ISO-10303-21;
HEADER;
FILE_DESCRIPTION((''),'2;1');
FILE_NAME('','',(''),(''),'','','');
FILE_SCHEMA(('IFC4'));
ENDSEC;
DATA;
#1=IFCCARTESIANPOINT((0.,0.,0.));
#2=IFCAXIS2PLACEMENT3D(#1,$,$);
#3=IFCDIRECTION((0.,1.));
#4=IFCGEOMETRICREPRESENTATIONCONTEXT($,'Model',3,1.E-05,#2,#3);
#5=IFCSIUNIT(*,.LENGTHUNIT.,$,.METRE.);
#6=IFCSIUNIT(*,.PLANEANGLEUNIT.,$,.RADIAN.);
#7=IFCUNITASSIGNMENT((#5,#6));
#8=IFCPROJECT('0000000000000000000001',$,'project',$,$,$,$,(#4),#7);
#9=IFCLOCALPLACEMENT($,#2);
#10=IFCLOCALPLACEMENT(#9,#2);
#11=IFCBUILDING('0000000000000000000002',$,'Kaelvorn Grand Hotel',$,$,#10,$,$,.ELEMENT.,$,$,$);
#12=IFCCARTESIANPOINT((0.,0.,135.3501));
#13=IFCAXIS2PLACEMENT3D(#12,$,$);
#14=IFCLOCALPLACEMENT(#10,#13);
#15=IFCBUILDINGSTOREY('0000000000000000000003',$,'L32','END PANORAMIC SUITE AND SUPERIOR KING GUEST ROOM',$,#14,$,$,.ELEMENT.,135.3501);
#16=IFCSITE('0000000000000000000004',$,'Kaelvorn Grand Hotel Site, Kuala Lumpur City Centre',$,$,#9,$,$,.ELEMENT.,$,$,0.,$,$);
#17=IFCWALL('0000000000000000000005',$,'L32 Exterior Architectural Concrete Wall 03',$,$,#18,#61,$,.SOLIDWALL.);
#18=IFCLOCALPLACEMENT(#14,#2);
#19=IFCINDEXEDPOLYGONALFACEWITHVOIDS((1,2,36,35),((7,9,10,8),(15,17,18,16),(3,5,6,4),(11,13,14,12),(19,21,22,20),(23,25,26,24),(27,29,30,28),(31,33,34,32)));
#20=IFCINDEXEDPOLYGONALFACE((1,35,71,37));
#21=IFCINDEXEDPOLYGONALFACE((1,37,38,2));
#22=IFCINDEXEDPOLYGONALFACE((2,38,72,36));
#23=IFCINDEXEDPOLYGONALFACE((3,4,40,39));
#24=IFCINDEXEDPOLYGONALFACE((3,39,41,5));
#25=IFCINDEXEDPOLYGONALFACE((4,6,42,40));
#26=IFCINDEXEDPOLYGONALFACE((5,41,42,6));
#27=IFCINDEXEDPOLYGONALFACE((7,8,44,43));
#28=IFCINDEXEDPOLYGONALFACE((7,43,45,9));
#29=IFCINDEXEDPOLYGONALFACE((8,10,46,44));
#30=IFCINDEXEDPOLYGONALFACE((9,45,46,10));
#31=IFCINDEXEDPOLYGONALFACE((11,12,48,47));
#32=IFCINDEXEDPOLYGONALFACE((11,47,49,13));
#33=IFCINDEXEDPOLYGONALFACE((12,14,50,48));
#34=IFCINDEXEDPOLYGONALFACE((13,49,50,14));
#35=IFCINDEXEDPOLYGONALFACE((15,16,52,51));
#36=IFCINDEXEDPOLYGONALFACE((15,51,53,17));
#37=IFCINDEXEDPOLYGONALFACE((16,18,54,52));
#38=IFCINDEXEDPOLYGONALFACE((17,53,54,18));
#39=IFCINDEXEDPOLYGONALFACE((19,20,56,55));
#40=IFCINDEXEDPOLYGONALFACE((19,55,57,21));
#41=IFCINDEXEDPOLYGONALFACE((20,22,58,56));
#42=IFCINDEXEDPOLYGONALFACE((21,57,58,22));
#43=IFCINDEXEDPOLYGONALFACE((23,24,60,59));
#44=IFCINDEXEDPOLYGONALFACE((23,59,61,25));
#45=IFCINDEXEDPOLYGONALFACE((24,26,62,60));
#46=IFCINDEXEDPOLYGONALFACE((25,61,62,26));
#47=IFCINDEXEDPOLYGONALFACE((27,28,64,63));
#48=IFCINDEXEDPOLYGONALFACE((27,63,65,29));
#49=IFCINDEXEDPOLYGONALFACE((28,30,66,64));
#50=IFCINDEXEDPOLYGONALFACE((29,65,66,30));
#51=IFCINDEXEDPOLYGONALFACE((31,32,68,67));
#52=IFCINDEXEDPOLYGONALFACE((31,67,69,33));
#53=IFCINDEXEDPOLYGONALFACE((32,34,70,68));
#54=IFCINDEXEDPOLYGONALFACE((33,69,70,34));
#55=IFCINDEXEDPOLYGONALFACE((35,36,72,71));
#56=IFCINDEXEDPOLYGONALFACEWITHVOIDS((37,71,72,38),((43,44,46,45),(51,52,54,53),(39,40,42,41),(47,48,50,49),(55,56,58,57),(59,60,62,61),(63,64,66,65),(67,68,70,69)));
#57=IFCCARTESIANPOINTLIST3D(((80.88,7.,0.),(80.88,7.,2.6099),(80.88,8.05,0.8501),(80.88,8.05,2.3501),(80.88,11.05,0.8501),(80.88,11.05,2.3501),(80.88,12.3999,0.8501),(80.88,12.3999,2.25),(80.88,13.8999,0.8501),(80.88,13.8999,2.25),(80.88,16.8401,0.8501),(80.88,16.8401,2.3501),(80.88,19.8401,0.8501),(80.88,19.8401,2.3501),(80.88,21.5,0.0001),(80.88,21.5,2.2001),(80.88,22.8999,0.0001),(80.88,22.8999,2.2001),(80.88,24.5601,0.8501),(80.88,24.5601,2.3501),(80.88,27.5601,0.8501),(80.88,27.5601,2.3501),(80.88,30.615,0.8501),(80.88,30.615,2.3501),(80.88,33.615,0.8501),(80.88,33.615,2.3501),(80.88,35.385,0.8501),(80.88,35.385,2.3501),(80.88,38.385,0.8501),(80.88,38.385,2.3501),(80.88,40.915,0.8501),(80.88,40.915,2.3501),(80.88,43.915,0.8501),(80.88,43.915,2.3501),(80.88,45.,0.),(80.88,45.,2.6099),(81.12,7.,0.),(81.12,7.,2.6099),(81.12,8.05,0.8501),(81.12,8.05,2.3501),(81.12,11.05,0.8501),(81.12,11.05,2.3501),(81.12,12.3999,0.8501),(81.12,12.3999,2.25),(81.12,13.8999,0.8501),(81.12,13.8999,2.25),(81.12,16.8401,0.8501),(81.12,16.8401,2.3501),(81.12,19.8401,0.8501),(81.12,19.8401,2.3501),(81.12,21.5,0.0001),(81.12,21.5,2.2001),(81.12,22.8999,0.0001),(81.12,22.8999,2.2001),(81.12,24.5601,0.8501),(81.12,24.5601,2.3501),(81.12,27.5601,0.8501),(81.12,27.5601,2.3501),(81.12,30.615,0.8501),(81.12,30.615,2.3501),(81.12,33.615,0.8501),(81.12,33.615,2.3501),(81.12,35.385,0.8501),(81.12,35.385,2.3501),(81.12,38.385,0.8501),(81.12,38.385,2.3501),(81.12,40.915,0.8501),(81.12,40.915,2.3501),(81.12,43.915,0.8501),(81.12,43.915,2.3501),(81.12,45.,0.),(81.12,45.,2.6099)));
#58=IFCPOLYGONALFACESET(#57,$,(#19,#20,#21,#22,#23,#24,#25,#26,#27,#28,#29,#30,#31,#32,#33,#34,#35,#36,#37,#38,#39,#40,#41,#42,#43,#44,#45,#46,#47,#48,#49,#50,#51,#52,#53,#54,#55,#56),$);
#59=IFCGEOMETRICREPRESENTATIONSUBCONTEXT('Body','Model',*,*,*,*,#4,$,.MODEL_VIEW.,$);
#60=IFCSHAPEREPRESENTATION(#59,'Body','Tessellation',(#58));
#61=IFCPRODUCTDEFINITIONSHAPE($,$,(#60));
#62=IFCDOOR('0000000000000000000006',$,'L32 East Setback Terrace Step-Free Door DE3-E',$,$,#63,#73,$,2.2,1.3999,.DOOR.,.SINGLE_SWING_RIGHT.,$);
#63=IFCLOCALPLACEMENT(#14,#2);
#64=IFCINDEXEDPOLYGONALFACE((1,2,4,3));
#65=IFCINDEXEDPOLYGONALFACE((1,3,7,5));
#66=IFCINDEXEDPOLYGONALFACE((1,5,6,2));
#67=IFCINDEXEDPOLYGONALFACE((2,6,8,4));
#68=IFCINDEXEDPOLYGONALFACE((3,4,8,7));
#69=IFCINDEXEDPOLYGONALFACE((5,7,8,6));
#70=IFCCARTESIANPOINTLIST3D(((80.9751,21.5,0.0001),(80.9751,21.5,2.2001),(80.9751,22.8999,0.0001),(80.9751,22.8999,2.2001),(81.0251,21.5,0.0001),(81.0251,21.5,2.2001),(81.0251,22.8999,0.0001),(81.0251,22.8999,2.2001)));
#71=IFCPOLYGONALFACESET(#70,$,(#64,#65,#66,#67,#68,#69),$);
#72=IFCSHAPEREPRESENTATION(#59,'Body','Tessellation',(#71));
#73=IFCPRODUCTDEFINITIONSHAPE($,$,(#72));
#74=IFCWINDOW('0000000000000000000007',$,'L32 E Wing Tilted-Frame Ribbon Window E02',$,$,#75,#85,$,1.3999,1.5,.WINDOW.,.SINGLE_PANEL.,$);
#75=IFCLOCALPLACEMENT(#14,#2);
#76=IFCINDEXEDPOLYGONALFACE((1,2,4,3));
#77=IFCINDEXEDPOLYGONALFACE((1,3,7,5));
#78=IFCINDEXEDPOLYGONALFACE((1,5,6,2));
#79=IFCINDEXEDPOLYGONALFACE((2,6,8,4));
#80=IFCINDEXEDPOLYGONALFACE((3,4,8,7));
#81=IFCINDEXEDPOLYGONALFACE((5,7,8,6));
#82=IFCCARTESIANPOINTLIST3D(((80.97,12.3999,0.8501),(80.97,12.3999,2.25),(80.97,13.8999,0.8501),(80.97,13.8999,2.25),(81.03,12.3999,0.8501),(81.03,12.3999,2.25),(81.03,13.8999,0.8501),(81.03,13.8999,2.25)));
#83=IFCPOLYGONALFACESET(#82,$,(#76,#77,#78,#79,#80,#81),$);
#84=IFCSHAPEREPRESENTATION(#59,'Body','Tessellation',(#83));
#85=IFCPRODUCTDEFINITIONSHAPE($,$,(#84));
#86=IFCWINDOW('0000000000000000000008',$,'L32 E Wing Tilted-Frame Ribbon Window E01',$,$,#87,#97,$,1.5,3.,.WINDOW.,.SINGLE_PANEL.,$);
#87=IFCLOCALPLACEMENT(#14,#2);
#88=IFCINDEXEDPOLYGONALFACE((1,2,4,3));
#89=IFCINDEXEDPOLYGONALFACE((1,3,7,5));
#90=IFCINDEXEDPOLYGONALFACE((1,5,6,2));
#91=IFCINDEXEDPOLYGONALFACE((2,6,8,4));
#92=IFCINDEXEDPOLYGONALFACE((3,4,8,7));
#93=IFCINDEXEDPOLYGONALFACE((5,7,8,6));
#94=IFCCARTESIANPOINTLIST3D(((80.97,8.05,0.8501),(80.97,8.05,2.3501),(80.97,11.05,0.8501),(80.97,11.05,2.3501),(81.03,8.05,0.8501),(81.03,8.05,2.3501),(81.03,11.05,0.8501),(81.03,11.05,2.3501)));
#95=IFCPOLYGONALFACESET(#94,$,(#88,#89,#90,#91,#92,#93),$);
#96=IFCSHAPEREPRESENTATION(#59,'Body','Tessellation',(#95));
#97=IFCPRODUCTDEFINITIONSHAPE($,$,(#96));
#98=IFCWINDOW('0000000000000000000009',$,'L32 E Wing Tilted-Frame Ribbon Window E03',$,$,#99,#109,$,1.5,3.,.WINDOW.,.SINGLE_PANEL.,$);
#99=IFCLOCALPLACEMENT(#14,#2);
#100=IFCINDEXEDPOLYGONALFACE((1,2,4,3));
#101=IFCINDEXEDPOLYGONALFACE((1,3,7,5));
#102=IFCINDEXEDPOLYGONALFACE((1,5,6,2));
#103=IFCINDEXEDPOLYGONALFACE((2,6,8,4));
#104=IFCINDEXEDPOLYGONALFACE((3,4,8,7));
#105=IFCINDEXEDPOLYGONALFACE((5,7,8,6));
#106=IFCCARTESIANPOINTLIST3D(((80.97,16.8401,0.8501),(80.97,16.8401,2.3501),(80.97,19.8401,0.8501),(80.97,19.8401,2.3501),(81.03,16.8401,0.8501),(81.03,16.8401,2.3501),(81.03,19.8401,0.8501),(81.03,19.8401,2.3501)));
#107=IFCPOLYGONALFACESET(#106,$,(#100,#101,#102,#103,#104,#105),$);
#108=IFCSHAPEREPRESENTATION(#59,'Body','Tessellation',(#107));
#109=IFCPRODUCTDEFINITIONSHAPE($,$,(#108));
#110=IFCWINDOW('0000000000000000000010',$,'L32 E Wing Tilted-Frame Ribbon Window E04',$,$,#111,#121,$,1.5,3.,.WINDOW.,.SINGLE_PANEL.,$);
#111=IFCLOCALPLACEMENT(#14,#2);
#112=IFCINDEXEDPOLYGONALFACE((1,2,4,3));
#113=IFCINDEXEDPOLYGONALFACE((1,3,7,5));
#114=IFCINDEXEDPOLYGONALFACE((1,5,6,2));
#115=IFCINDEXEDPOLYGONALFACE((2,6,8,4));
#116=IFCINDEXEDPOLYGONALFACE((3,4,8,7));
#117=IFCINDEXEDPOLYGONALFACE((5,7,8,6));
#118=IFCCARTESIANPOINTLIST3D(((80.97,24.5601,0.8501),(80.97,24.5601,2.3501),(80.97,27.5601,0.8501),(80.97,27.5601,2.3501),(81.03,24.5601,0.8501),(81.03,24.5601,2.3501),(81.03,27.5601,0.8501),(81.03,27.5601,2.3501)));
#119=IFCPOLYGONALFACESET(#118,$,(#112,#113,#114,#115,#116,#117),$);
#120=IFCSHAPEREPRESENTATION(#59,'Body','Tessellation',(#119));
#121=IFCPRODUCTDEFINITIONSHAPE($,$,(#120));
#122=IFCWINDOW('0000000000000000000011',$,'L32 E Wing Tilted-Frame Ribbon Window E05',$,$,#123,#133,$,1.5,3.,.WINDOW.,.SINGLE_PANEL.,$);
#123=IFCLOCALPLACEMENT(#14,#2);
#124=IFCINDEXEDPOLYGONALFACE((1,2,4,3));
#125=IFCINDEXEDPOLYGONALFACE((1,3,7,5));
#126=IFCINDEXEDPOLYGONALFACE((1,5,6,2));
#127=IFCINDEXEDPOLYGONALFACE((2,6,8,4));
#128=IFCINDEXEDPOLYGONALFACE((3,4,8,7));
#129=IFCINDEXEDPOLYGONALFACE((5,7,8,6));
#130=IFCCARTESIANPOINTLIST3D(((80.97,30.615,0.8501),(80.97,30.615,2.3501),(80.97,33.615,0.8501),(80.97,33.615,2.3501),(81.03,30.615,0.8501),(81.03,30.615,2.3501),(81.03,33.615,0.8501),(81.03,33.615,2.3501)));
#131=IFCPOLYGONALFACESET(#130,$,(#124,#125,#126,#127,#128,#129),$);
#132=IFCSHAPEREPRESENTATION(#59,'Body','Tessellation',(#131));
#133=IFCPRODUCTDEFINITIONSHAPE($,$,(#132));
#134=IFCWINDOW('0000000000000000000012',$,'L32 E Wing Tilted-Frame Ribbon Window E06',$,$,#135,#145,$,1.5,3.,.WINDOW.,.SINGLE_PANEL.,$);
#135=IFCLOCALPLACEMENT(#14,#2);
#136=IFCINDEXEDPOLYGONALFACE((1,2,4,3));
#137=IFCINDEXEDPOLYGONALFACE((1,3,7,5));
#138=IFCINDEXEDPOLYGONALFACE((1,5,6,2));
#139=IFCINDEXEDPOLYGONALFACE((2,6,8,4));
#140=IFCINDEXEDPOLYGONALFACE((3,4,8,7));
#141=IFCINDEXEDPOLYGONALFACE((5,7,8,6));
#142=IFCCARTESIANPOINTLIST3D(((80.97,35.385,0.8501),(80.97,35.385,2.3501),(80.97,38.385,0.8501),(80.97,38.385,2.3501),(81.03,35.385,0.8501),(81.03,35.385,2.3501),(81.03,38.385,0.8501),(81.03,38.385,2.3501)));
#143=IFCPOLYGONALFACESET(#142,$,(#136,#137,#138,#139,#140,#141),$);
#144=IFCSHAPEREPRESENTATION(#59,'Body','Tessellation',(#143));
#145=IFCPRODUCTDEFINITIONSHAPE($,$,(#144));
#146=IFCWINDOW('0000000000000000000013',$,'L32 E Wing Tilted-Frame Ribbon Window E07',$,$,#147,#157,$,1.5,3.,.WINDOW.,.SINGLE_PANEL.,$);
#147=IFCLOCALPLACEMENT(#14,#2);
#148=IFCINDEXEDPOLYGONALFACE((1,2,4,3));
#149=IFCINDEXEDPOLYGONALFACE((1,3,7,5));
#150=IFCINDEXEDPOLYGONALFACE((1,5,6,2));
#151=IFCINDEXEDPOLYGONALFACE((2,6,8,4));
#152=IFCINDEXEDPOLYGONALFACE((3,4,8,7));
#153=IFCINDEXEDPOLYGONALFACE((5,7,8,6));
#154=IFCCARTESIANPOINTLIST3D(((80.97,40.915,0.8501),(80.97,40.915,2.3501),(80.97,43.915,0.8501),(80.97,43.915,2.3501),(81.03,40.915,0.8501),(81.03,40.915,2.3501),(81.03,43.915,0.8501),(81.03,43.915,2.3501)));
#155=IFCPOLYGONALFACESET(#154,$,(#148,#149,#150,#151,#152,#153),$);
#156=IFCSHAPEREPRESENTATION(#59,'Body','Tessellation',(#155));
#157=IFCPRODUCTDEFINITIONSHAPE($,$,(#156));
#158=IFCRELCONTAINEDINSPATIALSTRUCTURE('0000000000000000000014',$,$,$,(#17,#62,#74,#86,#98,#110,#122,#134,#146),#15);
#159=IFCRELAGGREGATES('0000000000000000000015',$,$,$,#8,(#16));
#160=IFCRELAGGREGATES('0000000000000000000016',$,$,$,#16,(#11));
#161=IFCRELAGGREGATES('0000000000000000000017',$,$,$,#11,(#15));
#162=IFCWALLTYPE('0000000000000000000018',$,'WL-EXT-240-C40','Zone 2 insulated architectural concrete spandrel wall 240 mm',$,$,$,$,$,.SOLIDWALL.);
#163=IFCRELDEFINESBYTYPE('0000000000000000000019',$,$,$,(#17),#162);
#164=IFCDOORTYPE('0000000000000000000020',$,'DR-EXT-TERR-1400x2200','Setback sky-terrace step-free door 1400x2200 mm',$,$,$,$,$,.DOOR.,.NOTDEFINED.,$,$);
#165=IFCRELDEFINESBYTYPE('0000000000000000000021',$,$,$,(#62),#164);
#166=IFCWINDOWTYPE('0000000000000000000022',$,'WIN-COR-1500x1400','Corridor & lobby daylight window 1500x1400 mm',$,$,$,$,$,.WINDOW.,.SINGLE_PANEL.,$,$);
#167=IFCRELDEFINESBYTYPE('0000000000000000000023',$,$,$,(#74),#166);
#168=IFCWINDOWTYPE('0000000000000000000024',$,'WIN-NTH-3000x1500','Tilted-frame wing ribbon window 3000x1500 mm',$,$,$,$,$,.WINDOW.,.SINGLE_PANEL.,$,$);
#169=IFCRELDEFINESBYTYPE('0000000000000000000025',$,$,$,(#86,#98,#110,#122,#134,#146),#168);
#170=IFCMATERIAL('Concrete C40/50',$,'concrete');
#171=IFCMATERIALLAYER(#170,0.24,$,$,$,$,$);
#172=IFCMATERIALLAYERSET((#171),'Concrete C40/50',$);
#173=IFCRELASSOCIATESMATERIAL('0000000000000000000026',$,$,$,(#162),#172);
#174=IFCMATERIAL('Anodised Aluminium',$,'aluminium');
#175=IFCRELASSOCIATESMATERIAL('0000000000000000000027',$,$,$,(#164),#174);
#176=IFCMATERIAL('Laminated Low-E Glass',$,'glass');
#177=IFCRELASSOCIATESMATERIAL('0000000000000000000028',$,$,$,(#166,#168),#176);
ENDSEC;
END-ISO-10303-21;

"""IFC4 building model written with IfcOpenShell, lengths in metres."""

from ifc_helpers import new_model, si_unit, direction, frame, frame_2d, origin, place, context, subcontext, project, spatial, rectangle, extrude, material, layer, layer_set, type_object, element, fill, save


model = new_model("IFC4")

# Units and contexts
model_context = context("Model", 3, precision=1e-05, world=origin(), true_north=direction((0.0, 1.0)))
body_context = subcontext(model_context, "Body", "Model", "MODEL_VIEW")
ifc_project = project(units=[si_unit("LENGTHUNIT", "METRE"), si_unit("PLANEANGLEUNIT", "RADIAN")], contexts=[model_context])

# Site, building, storey
site_placement = place(None, origin())
site = spatial("IfcSite", under=ifc_project, at=site_placement, Name="Kaelvorn Grand Hotel Site, Kuala Lumpur City Centre", CompositionType="ELEMENT", RefElevation=0.0)
building_placement = place(site_placement, origin())
building = spatial("IfcBuilding", under=site, at=building_placement, Name="Kaelvorn Grand Hotel", CompositionType="ELEMENT")
storey_placement = place(building_placement, frame((0.0, 0.0, 135.3501)))
storey = spatial("IfcBuildingStorey", under=building, at=storey_placement, Name="L32", Description="END PANORAMIC SUITE AND SUPERIOR KING GUEST ROOM", CompositionType="ELEMENT", Elevation=135.3501)

# Shared definitions
ifc_material_1 = material(Name="Concrete C40/50", Category="concrete")
ifc_layer_1 = layer(ifc_material_1, 0.24)
ifc_layer_set_1 = layer_set([ifc_layer_1], Name="Concrete C40/50")
wall_type_1 = type_object("IfcWallType", Name="WL-EXT-240-C40", Description="Zone 2 insulated architectural concrete spandrel wall 240 mm", PredefinedType="SOLIDWALL", material=ifc_layer_set_1)
ifc_material_2 = material(Name="Laminated Low-E Glass", Category="glass")

# Wall, openings, door, windows
wall_1_placement = place(storey_placement, frame((81.0, 7.0, 0.0), z_axis=(0.0, 0.0, 1.0), x_axis=(0.0, 1.0, 0.0)))
wall_1 = element("IfcWall", 1, at=wall_1_placement, inside=storey, type_object=wall_type_1, Name="L32 Exterior Architectural Concrete Wall 03", PredefinedType="SOLIDWALL", context=body_context, shape_type="SweptSolid", body=[
    extrude(rectangle(XDim=38.0, YDim=0.24, at=frame_2d((19.0, 0.0))), origin(), (0.0, 0.0, 1.0), 2.6099),
])
opening_1_placement = place(wall_1_placement, frame((14.5, 0.0, 0.0)))
opening_1 = element("IfcOpeningElement", 2, at=opening_1_placement, cuts=wall_1, PredefinedType="OPENING", context=body_context, shape_type="SweptSolid", body=[
    extrude(rectangle(XDim=1.3999, YDim=2.2, at=frame_2d((0.7, 1.1001))), frame((0.0, 0.1299, 0.0), z_axis=(0.0, -1.0, 0.0), x_axis=(1.0, 0.0, 0.0)), (0.0, 0.0, 1.0), 0.26),
])
opening_2_placement = place(wall_1_placement, frame((1.05, 0.0, 0.8501)))
opening_2 = element("IfcOpeningElement", 3, at=opening_2_placement, cuts=wall_1, PredefinedType="OPENING", context=body_context, shape_type="SweptSolid", body=[
    extrude(rectangle(XDim=3.0, YDim=1.5, at=frame_2d((1.5, 0.75))), frame((0.0, 0.1299, 0.0), z_axis=(0.0, -1.0, 0.0), x_axis=(1.0, 0.0, 0.0)), (0.0, 0.0, 1.0), 0.26),
])
opening_3_placement = place(wall_1_placement, frame((5.3999, 0.0, 0.8501)))
opening_3 = element("IfcOpeningElement", 4, at=opening_3_placement, cuts=wall_1, PredefinedType="OPENING", context=body_context, shape_type="SweptSolid", body=[
    extrude(rectangle(XDim=1.5, YDim=1.3999, at=frame_2d((0.75, 0.7))), frame((0.0, 0.1299, 0.0), z_axis=(0.0, -1.0, 0.0), x_axis=(1.0, 0.0, 0.0)), (0.0, 0.0, 1.0), 0.26),
])
opening_4_placement = place(wall_1_placement, frame((9.8401, 0.0, 0.8501)))
opening_4 = element("IfcOpeningElement", 5, at=opening_4_placement, cuts=wall_1, PredefinedType="OPENING", context=body_context, shape_type="SweptSolid", body=[
    extrude(rectangle(XDim=3.0, YDim=1.5, at=frame_2d((1.5, 0.75))), frame((0.0, 0.1299, 0.0), z_axis=(0.0, -1.0, 0.0), x_axis=(1.0, 0.0, 0.0)), (0.0, 0.0, 1.0), 0.26),
])
opening_5_placement = place(wall_1_placement, frame((17.5601, 0.0, 0.8501)))
opening_5 = element("IfcOpeningElement", 6, at=opening_5_placement, cuts=wall_1, PredefinedType="OPENING", context=body_context, shape_type="SweptSolid", body=[
    extrude(rectangle(XDim=3.0, YDim=1.5, at=frame_2d((1.5, 0.75))), frame((0.0, 0.1299, 0.0), z_axis=(0.0, -1.0, 0.0), x_axis=(1.0, 0.0, 0.0)), (0.0, 0.0, 1.0), 0.26),
])
opening_6_placement = place(wall_1_placement, frame((23.615, 0.0, 0.8501)))
opening_6 = element("IfcOpeningElement", 7, at=opening_6_placement, cuts=wall_1, PredefinedType="OPENING", context=body_context, shape_type="SweptSolid", body=[
    extrude(rectangle(XDim=3.0, YDim=1.5, at=frame_2d((1.5, 0.75))), frame((0.0, 0.1299, 0.0), z_axis=(0.0, -1.0, 0.0), x_axis=(1.0, 0.0, 0.0)), (0.0, 0.0, 1.0), 0.26),
])
opening_7_placement = place(wall_1_placement, frame((28.385, 0.0, 0.8501)))
opening_7 = element("IfcOpeningElement", 8, at=opening_7_placement, cuts=wall_1, PredefinedType="OPENING", context=body_context, shape_type="SweptSolid", body=[
    extrude(rectangle(XDim=3.0, YDim=1.5, at=frame_2d((1.5, 0.75))), frame((0.0, 0.1299, 0.0), z_axis=(0.0, -1.0, 0.0), x_axis=(1.0, 0.0, 0.0)), (0.0, 0.0, 1.0), 0.26),
])
opening_8_placement = place(wall_1_placement, frame((33.915, 0.0, 0.8501)))
opening_8 = element("IfcOpeningElement", 9, at=opening_8_placement, cuts=wall_1, PredefinedType="OPENING", context=body_context, shape_type="SweptSolid", body=[
    extrude(rectangle(XDim=3.0, YDim=1.5, at=frame_2d((1.5, 0.75))), frame((0.0, 0.1299, 0.0), z_axis=(0.0, -1.0, 0.0), x_axis=(1.0, 0.0, 0.0)), (0.0, 0.0, 1.0), 0.26),
])
ifc_material_3 = material(Name="Anodised Aluminium", Category="aluminium")
door_type = type_object("IfcDoorType", Name="DR-EXT-TERR-1400x2200", Description="Setback sky-terrace step-free door 1400x2200 mm", OperationType="NOTDEFINED", PredefinedType="DOOR", material=ifc_material_3)
door_placement = place(opening_1_placement, origin())
door = element("IfcDoor", 10, at=door_placement, inside=storey, type_object=door_type, Name="L32 East Setback Terrace Step-Free Door DE3-E", OperationType="SINGLE_SWING_RIGHT", OverallHeight=2.2, OverallWidth=1.3999, PredefinedType="DOOR", context=body_context, shape_type="SweptSolid", body=[
    extrude(rectangle(XDim=1.3999, YDim=2.2, at=frame_2d((0.7, 1.1001))), frame((0.0, 0.0249, 0.0), z_axis=(0.0, -1.0, 0.0), x_axis=(1.0, 0.0, 0.0)), (0.0, 0.0, 1.0), 0.05),
])
fill(opening_1, door)
window_type_1 = type_object("IfcWindowType", Name="WIN-COR-1500x1400", Description="Corridor & lobby daylight window 1500x1400 mm", PartitioningType="SINGLE_PANEL", PredefinedType="WINDOW", material=ifc_material_2)
window_1_placement = place(opening_3_placement, origin())
window_1 = element("IfcWindow", 11, at=window_1_placement, inside=storey, type_object=window_type_1, Name="L32 E Wing Tilted-Frame Ribbon Window E02", OverallHeight=1.3999, OverallWidth=1.5, PartitioningType="SINGLE_PANEL", PredefinedType="WINDOW", context=body_context, shape_type="SweptSolid", body=[
    extrude(rectangle(XDim=1.5, YDim=1.3999, at=frame_2d((0.75, 0.7))), frame((0.0, 0.03, 0.0), z_axis=(0.0, -1.0, 0.0), x_axis=(1.0, 0.0, 0.0)), (0.0, 0.0, 1.0), 0.0601),
])
fill(opening_3, window_1)
window_type_2 = type_object("IfcWindowType", Name="WIN-NTH-3000x1500", Description="Tilted-frame wing ribbon window 3000x1500 mm", PartitioningType="SINGLE_PANEL", PredefinedType="WINDOW", material=ifc_material_2)
window_2_placement = place(opening_2_placement, origin())
window_2 = element("IfcWindow", 12, at=window_2_placement, inside=storey, type_object=window_type_2, Name="L32 E Wing Tilted-Frame Ribbon Window E01", OverallHeight=1.5, OverallWidth=3.0, PartitioningType="SINGLE_PANEL", PredefinedType="WINDOW", context=body_context, shape_type="SweptSolid", body=[
    extrude(rectangle(XDim=3.0, YDim=1.5, at=frame_2d((1.5, 0.75))), frame((0.0, 0.03, 0.0), z_axis=(0.0, -1.0, 0.0), x_axis=(1.0, 0.0, 0.0)), (0.0, 0.0, 1.0), 0.0601),
])
fill(opening_2, window_2)
window_3_placement = place(opening_4_placement, origin())
window_3 = element("IfcWindow", 13, at=window_3_placement, inside=storey, type_object=window_type_2, Name="L32 E Wing Tilted-Frame Ribbon Window E03", OverallHeight=1.5, OverallWidth=3.0, PartitioningType="SINGLE_PANEL", PredefinedType="WINDOW", context=body_context, shape_type="SweptSolid", body=[
    extrude(rectangle(XDim=3.0, YDim=1.5, at=frame_2d((1.5, 0.75))), frame((0.0, 0.03, 0.0), z_axis=(0.0, -1.0, 0.0), x_axis=(1.0, 0.0, 0.0)), (0.0, 0.0, 1.0), 0.0601),
])
fill(opening_4, window_3)
window_4_placement = place(opening_5_placement, origin())
window_4 = element("IfcWindow", 14, at=window_4_placement, inside=storey, type_object=window_type_2, Name="L32 E Wing Tilted-Frame Ribbon Window E04", OverallHeight=1.5, OverallWidth=3.0, PartitioningType="SINGLE_PANEL", PredefinedType="WINDOW", context=body_context, shape_type="SweptSolid", body=[
    extrude(rectangle(XDim=3.0, YDim=1.5, at=frame_2d((1.5, 0.75))), frame((0.0, 0.03, 0.0), z_axis=(0.0, -1.0, 0.0), x_axis=(1.0, 0.0, 0.0)), (0.0, 0.0, 1.0), 0.0601),
])
fill(opening_5, window_4)
window_5_placement = place(opening_6_placement, origin())
window_5 = element("IfcWindow", 15, at=window_5_placement, inside=storey, type_object=window_type_2, Name="L32 E Wing Tilted-Frame Ribbon Window E05", OverallHeight=1.5, OverallWidth=3.0, PartitioningType="SINGLE_PANEL", PredefinedType="WINDOW", context=body_context, shape_type="SweptSolid", body=[
    extrude(rectangle(XDim=3.0, YDim=1.5, at=frame_2d((1.5, 0.75))), frame((0.0, 0.03, 0.0), z_axis=(0.0, -1.0, 0.0), x_axis=(1.0, 0.0, 0.0)), (0.0, 0.0, 1.0), 0.0601),
])
fill(opening_6, window_5)
window_6_placement = place(opening_7_placement, origin())
window_6 = element("IfcWindow", 16, at=window_6_placement, inside=storey, type_object=window_type_2, Name="L32 E Wing Tilted-Frame Ribbon Window E06", OverallHeight=1.5, OverallWidth=3.0, PartitioningType="SINGLE_PANEL", PredefinedType="WINDOW", context=body_context, shape_type="SweptSolid", body=[
    extrude(rectangle(XDim=3.0, YDim=1.5, at=frame_2d((1.5, 0.75))), frame((0.0, 0.03, 0.0), z_axis=(0.0, -1.0, 0.0), x_axis=(1.0, 0.0, 0.0)), (0.0, 0.0, 1.0), 0.0601),
])
fill(opening_7, window_6)
window_7_placement = place(opening_8_placement, origin())
window_7 = element("IfcWindow", 17, at=window_7_placement, inside=storey, type_object=window_type_2, Name="L32 E Wing Tilted-Frame Ribbon Window E07", OverallHeight=1.5, OverallWidth=3.0, PartitioningType="SINGLE_PANEL", PredefinedType="WINDOW", context=body_context, shape_type="SweptSolid", body=[
    extrude(rectangle(XDim=3.0, YDim=1.5, at=frame_2d((1.5, 0.75))), frame((0.0, 0.03, 0.0), z_axis=(0.0, -1.0, 0.0), x_axis=(1.0, 0.0, 0.0)), (0.0, 0.0, 1.0), 0.0601),
])
fill(opening_8, window_7)

save(model, "model.ifc")
